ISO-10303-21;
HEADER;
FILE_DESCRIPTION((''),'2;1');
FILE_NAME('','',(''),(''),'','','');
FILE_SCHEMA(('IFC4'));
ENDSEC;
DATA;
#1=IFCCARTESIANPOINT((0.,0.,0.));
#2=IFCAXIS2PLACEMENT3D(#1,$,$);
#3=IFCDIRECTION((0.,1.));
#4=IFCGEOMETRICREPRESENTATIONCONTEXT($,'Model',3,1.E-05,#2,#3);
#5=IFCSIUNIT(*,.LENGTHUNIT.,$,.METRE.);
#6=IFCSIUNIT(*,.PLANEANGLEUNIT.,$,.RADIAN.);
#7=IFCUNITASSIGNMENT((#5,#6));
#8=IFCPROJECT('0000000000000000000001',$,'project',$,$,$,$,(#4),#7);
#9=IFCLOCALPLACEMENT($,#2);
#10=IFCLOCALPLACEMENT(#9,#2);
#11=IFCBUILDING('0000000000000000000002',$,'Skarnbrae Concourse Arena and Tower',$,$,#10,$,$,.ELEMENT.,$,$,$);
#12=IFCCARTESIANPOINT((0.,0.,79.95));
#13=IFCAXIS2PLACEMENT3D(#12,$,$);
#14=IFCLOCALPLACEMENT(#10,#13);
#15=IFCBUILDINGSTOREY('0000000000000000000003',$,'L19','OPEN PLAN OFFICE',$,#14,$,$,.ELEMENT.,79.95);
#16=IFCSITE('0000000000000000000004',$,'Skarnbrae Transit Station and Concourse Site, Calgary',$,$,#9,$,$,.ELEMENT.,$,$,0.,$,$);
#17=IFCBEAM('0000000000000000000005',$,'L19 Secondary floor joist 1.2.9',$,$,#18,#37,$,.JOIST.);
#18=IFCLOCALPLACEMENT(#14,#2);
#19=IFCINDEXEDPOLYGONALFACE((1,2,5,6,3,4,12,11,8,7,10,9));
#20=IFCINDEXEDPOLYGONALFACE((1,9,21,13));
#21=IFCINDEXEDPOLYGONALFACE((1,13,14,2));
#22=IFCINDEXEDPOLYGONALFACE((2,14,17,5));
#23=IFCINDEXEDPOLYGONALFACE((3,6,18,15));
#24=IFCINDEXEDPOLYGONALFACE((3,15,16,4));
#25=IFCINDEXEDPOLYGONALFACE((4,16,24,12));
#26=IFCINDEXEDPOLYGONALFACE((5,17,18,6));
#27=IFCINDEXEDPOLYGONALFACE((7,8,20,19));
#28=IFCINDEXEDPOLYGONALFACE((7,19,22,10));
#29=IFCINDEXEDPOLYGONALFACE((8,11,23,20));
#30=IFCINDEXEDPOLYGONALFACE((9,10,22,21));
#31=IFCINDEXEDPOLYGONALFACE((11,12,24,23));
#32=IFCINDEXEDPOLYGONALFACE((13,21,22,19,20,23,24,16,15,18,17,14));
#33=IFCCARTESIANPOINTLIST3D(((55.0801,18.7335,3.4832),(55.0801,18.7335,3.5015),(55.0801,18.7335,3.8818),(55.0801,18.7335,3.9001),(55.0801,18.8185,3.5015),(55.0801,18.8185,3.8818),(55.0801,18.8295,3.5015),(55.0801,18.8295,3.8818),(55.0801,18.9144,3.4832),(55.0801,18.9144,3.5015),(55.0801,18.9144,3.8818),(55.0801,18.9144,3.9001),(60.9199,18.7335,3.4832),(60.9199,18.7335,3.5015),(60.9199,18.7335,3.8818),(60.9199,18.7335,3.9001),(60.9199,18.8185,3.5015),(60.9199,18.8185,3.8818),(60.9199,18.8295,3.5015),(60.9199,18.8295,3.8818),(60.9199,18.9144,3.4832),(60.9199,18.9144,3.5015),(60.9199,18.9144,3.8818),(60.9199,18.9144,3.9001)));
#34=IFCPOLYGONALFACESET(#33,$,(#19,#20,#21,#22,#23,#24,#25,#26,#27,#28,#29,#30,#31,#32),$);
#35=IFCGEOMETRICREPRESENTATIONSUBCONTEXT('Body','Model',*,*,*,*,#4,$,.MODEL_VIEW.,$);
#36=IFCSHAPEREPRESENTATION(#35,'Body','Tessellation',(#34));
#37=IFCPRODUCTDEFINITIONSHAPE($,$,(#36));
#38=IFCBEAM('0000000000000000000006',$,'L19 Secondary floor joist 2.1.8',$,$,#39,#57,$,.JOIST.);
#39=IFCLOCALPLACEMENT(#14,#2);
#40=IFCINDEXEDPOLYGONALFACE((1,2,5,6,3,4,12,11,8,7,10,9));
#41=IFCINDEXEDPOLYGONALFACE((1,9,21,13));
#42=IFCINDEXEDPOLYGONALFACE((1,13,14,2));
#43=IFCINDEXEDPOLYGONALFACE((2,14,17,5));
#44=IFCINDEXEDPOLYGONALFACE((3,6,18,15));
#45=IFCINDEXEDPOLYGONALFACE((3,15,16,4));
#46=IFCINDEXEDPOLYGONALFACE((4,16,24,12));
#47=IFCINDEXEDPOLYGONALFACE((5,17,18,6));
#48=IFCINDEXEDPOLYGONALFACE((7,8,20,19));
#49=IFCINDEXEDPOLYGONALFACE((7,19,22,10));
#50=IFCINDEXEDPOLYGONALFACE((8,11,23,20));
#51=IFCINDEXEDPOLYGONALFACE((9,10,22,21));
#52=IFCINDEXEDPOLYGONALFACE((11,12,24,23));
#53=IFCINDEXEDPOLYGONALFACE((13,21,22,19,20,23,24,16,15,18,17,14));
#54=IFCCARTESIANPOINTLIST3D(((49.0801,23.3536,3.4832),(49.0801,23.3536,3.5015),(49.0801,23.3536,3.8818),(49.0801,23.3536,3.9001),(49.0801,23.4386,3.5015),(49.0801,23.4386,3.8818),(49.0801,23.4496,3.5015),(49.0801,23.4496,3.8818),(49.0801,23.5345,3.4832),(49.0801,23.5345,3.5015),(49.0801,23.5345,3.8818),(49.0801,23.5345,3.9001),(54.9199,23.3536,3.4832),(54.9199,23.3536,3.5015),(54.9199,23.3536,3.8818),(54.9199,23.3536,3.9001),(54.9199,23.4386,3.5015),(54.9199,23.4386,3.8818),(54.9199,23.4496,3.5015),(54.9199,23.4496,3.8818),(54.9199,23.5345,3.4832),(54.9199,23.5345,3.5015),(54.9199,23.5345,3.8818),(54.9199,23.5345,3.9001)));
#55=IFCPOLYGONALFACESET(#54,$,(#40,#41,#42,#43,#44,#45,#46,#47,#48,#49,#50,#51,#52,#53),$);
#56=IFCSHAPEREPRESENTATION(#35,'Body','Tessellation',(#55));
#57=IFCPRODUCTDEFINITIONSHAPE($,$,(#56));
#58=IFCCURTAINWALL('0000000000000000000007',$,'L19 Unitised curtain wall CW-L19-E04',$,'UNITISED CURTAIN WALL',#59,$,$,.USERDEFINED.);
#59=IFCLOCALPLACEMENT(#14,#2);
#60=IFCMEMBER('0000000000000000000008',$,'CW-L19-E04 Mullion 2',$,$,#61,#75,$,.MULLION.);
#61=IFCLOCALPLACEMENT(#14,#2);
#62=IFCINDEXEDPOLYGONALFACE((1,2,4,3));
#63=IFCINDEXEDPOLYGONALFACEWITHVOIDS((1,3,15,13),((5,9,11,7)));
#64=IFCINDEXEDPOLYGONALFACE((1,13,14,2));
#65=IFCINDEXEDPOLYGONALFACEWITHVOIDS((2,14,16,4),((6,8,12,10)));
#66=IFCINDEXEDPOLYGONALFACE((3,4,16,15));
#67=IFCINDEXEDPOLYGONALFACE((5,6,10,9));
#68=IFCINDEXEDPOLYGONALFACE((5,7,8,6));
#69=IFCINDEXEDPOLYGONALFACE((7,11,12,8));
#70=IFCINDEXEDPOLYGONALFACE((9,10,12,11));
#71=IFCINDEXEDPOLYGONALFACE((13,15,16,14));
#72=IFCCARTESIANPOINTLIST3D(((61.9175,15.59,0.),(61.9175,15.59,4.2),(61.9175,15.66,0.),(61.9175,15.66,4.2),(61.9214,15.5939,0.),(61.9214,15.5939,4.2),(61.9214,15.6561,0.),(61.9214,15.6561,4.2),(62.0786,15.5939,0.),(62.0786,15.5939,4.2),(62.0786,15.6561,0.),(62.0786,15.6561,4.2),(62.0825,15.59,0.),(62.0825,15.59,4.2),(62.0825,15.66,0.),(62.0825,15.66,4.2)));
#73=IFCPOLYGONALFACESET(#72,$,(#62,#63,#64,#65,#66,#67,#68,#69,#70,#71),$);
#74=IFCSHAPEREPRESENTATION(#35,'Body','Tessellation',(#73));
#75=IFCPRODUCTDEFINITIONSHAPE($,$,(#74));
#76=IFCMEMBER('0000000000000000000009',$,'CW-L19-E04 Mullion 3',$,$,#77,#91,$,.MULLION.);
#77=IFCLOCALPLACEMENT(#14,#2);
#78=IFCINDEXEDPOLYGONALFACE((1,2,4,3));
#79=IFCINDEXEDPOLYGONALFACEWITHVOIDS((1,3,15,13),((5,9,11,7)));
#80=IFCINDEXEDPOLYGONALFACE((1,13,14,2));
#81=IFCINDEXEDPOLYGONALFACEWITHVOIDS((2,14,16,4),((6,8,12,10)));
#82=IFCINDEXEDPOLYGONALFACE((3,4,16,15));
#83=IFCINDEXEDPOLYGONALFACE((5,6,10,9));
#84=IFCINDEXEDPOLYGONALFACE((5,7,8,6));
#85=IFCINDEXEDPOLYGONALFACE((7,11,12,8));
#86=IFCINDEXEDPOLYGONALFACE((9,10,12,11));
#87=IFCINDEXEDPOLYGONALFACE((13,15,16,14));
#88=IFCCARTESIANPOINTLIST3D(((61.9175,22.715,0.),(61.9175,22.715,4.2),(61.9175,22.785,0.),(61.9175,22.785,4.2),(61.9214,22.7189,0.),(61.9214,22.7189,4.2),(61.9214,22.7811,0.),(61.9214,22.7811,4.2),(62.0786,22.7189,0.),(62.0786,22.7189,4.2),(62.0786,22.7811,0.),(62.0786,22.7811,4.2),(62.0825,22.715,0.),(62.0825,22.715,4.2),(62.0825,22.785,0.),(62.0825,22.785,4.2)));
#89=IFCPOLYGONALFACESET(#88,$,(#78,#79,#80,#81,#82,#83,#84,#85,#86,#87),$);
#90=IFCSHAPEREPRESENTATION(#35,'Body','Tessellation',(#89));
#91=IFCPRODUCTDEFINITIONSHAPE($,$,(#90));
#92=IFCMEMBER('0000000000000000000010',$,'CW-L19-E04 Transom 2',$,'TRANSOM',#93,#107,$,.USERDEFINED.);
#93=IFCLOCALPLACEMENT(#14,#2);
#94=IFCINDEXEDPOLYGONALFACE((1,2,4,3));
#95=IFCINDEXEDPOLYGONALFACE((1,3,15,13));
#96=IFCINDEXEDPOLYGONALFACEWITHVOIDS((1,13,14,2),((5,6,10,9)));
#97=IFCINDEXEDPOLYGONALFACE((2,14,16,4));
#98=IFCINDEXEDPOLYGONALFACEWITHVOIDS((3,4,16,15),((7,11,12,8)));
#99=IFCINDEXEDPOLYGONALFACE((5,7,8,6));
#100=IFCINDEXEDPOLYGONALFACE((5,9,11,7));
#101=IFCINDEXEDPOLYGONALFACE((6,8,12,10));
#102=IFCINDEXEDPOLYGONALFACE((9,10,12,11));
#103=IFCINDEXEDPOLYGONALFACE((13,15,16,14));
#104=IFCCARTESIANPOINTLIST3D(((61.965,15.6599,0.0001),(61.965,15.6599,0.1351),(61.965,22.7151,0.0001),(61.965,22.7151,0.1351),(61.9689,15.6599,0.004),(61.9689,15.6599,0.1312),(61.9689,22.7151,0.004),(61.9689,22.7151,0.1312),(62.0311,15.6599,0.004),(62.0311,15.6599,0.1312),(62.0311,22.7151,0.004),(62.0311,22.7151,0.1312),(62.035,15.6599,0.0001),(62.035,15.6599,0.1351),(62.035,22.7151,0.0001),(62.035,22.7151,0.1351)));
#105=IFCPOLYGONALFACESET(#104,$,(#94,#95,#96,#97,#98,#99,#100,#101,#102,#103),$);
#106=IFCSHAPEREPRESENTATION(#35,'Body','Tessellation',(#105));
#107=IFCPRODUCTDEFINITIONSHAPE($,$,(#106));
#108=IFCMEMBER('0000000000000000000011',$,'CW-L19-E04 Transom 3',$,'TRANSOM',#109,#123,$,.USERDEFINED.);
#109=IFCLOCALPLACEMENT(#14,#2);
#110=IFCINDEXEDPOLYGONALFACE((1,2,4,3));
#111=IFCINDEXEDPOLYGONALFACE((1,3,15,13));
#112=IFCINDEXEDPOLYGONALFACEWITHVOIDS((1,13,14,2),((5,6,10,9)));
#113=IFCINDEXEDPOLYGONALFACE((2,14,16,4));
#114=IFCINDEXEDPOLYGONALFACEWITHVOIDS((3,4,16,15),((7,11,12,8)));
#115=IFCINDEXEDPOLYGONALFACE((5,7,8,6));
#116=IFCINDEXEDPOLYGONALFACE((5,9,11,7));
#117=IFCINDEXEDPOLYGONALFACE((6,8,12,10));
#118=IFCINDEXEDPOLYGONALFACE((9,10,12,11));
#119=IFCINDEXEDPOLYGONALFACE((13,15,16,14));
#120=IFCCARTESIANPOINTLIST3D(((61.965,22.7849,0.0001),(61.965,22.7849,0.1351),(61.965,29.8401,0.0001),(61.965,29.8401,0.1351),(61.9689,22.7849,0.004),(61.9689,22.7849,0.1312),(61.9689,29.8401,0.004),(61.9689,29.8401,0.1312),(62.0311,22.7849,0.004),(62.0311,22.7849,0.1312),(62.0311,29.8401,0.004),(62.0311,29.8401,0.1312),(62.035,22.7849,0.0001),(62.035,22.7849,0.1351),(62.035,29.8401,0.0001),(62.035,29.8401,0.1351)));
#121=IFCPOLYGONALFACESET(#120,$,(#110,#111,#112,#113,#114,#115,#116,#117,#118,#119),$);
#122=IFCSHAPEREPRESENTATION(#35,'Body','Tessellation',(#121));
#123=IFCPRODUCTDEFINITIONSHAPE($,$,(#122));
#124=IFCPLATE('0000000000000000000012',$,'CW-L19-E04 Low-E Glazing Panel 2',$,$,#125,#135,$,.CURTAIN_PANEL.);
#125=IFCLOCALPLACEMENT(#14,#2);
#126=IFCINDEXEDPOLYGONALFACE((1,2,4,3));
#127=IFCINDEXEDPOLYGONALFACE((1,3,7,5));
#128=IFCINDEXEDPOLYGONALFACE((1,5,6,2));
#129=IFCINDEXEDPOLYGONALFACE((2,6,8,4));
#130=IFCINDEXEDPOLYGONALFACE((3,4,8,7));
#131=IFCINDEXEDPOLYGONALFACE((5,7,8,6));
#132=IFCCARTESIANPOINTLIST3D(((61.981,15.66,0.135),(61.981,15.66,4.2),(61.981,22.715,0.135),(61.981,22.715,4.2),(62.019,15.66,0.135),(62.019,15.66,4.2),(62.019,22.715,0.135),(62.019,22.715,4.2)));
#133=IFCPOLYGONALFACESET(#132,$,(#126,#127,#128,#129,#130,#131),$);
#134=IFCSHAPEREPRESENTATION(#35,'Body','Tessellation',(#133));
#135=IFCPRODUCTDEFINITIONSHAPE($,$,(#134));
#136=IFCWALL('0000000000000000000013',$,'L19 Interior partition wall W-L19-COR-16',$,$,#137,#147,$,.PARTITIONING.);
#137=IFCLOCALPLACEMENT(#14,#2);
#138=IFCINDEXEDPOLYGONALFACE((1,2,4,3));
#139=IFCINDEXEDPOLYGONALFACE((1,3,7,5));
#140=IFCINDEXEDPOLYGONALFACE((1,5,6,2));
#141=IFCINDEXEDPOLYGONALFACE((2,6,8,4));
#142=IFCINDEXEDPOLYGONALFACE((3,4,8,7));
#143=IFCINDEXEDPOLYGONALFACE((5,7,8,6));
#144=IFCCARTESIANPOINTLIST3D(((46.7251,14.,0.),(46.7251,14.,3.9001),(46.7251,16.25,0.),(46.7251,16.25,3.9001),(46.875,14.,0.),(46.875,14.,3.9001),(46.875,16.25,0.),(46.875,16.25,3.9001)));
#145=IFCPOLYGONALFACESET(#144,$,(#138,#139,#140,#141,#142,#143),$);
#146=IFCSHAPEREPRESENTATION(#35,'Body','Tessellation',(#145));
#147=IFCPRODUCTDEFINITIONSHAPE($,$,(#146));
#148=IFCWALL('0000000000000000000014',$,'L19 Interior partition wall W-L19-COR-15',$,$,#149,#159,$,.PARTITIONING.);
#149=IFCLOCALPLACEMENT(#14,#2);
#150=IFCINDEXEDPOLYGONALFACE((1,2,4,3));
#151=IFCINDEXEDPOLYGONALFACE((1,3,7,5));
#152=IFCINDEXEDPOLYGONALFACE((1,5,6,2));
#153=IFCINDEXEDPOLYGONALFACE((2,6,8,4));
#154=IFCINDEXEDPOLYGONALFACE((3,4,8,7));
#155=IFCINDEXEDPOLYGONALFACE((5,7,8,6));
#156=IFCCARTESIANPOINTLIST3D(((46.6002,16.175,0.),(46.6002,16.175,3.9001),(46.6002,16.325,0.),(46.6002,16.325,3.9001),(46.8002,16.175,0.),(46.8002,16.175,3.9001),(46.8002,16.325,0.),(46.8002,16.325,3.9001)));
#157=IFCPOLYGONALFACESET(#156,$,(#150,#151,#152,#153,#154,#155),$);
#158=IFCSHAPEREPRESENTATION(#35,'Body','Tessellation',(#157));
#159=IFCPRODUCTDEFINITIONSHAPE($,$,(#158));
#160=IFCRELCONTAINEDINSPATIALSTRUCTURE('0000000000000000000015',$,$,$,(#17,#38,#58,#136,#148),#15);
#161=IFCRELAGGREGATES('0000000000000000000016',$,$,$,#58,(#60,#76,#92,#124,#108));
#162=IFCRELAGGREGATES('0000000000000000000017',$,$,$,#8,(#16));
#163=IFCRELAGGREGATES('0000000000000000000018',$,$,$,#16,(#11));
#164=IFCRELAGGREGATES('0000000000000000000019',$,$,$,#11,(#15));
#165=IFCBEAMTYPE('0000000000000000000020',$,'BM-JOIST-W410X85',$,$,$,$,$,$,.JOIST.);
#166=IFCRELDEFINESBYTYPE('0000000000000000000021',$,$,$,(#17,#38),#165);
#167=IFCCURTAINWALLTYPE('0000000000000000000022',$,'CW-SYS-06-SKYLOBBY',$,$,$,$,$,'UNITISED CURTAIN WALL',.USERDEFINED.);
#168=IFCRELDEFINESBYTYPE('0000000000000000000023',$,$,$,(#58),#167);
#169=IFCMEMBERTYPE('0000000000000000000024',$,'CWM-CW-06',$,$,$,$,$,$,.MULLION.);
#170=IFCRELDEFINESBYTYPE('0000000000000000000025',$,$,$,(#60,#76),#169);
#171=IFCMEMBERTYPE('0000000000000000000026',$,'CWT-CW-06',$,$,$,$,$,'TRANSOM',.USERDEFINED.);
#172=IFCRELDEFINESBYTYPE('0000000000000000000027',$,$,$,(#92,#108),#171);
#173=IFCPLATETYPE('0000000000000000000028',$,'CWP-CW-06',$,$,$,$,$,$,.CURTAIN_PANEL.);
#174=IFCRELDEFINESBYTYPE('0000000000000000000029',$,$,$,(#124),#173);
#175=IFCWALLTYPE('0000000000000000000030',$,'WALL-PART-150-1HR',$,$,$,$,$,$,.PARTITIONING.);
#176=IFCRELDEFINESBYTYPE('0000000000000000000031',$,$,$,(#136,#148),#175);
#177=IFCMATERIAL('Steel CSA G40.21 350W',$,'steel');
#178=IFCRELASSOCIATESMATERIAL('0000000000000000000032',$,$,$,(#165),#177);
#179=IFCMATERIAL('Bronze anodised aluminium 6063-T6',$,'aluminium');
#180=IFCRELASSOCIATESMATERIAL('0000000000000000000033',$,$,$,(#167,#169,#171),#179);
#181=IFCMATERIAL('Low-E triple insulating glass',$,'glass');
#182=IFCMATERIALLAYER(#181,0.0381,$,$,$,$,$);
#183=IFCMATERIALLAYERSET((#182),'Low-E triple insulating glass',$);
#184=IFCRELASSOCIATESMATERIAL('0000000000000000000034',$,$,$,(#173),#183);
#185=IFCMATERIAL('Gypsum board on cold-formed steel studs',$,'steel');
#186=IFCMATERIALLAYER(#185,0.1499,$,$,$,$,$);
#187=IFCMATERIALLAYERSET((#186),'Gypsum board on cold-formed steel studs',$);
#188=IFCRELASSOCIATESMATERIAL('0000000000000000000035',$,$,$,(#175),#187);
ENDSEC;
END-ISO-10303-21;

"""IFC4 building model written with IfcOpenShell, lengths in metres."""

from ifc_helpers import new_model, si_unit, direction, frame, frame_2d, origin, origin_2d, place, context, subcontext, project, spatial, rectangle, hollow_rectangle, i_section, extrude, source, transform, mapped, material, layer, layer_set, material_profile, profile_set, type_object, element, aggregate, save


model = new_model("IFC4")

# Units and contexts
model_context = context("Model", 3, precision=1e-05, world=origin(), true_north=direction((0.0, 1.0)))
body_context = subcontext(model_context, "Body", "Model", "MODEL_VIEW")
ifc_project = project(units=[si_unit("LENGTHUNIT", "METRE"), si_unit("PLANEANGLEUNIT", "RADIAN")], contexts=[model_context])

# Site, building, storey
site_placement = place(None, origin())
site = spatial("IfcSite", under=ifc_project, at=site_placement, Name="Skarnbrae Transit Station and Concourse Site, Calgary", CompositionType="ELEMENT", RefElevation=0.0)
building_placement = place(site_placement, origin())
building = spatial("IfcBuilding", under=site, at=building_placement, Name="Skarnbrae Concourse Arena and Tower", CompositionType="ELEMENT")
storey_placement = place(building_placement, frame((0.0, 0.0, 79.95)))
storey = spatial("IfcBuildingStorey", under=building, at=storey_placement, Name="L19", Description="OPEN PLAN OFFICE", CompositionType="ELEMENT", Elevation=79.95)

# Shared definitions
ifc_material_1 = material(Name="Steel CSA G40.21 350W", Category="steel")

# Beams
ifc_material_profile_1 = material_profile(ifc_material_1, i_section(OverallWidth=0.1809, OverallDepth=0.417, WebThickness=0.011, FlangeThickness=0.0183, at=origin_2d()), Name="W410X85")
ifc_profile_set_1 = profile_set([ifc_material_profile_1], Name="Steel CSA G40.21 350W")
beam_type_1 = type_object("IfcBeamType", Name="BM-JOIST-W410X85", PredefinedType="JOIST", material=ifc_profile_set_1)
shared_shape_1 = source(origin(), body_context, "Body", "SweptSolid", [
    extrude(i_section(OverallWidth=0.1809, OverallDepth=0.417, WebThickness=0.011, FlangeThickness=0.0183, at=origin_2d()), origin(), (0.0, 0.0, 1.0), 5.8398),
])
for number, where, z_axis, x_axis, name in (
    (1, (55.0801, 18.824, 3.6917), (1.0, 0.0, 0.0), (0.0, 1.0, 0.0), "L19 Secondary floor joist 1.2.9"),
    (2, (49.0801, 23.4441, 3.6917), (1.0, 0.0, 0.0), (0.0, 1.0, 0.0), "L19 Secondary floor joist 2.1.8"),
):
    element("IfcBeam", number, at=place(storey_placement, frame(where, z_axis=z_axis, x_axis=x_axis)), inside=storey, type_object=beam_type_1, Name=name, PredefinedType="JOIST", context=body_context, shape_type="MappedRepresentation", body=[
        mapped(shared_shape_1, transform((0.0, 0.0, 0.0))),
    ])

# Curtain wall, members, plate
ifc_material_2 = material(Name="Bronze anodised aluminium 6063-T6", Category="aluminium")
curtain_wall_type = type_object("IfcCurtainWallType", Name="CW-SYS-06-SKYLOBBY", ElementType="UNITISED CURTAIN WALL", PredefinedType="USERDEFINED", material=ifc_material_2)
curtain_wall_placement = place(storey_placement, origin())
curtain_wall = element("IfcCurtainWall", 3, at=curtain_wall_placement, inside=storey, type_object=curtain_wall_type, Name="L19 Unitised curtain wall CW-L19-E04", ObjectType="UNITISED CURTAIN WALL", PredefinedType="USERDEFINED")
ifc_material_profile_2 = material_profile(ifc_material_2, hollow_rectangle(XDim=0.0701, YDim=0.165, WallThickness=0.0039, at=origin_2d()), Name="ALU-MULL-70X165")
ifc_profile_set_2 = profile_set([ifc_material_profile_2], Name="Bronze anodised aluminium 6063-T6")
member_type_1 = type_object("IfcMemberType", Name="CWM-CW-06", PredefinedType="MULLION", material=ifc_profile_set_2)
shared_shape_2 = source(origin(), body_context, "Body", "SweptSolid", [
    extrude(hollow_rectangle(XDim=0.0701, YDim=0.165, WallThickness=0.0039, at=origin_2d()), origin(), (0.0, 0.0, 1.0), 4.2),
])
member_1_placement = place(storey_placement, frame((62.0, 15.625, 0.0), z_axis=(0.0, 0.0, 1.0), x_axis=(0.0, 1.0, 0.0)))
member_1 = element("IfcMember", 4, at=member_1_placement, type_object=member_type_1, Name="CW-L19-E04 Mullion 2", PredefinedType="MULLION", context=body_context, shape_type="MappedRepresentation", body=[
    mapped(shared_shape_2, transform((0.0, 0.0, 0.0))),
])
member_2_placement = place(storey_placement, frame((62.0, 22.75, 0.0), z_axis=(0.0, 0.0, 1.0), x_axis=(0.0, 1.0, 0.0)))
member_2 = element("IfcMember", 5, at=member_2_placement, type_object=member_type_1, Name="CW-L19-E04 Mullion 3", PredefinedType="MULLION", context=body_context, shape_type="MappedRepresentation", body=[
    mapped(shared_shape_2, transform((0.0, 0.0, 0.0))),
])
ifc_material_profile_3 = material_profile(ifc_material_2, hollow_rectangle(XDim=0.0701, YDim=0.135, WallThickness=0.0039, at=origin_2d()), Name="ALU-TRAN-70X135")
ifc_profile_set_3 = profile_set([ifc_material_profile_3], Name="Bronze anodised aluminium 6063-T6")
member_type_2 = type_object("IfcMemberType", Name="CWT-CW-06", ElementType="TRANSOM", PredefinedType="USERDEFINED", material=ifc_profile_set_3)
shared_shape_3 = source(origin(), body_context, "Body", "SweptSolid", [
    extrude(hollow_rectangle(XDim=0.0701, YDim=0.135, WallThickness=0.0039, at=origin_2d()), origin(), (0.0, 0.0, 1.0), 7.0552),
])
member_3_placement = place(storey_placement, frame((62.0, 15.6599, 0.0676), z_axis=(0.0, 1.0, 0.0), x_axis=(-1.0, 0.0, 0.0)))
member_3 = element("IfcMember", 6, at=member_3_placement, type_object=member_type_2, Name="CW-L19-E04 Transom 2", ObjectType="TRANSOM", PredefinedType="USERDEFINED", context=body_context, shape_type="MappedRepresentation", body=[
    mapped(shared_shape_3, transform((0.0, 0.0, 0.0))),
])
member_4_placement = place(storey_placement, frame((62.0, 22.7849, 0.0676), z_axis=(0.0, 1.0, 0.0), x_axis=(-1.0, 0.0, 0.0)))
member_4 = element("IfcMember", 7, at=member_4_placement, type_object=member_type_2, Name="CW-L19-E04 Transom 3", ObjectType="TRANSOM", PredefinedType="USERDEFINED", context=body_context, shape_type="MappedRepresentation", body=[
    mapped(shared_shape_3, transform((0.0, 0.0, 0.0))),
])
ifc_material_3 = material(Name="Low-E triple insulating glass", Category="glass")
ifc_layer_1 = layer(ifc_material_3, 0.0381)
ifc_layer_set_1 = layer_set([ifc_layer_1], Name="Low-E triple insulating glass")
plate_type = type_object("IfcPlateType", Name="CWP-CW-06", PredefinedType="CURTAIN_PANEL", material=ifc_layer_set_1)
shared_shape_4 = source(origin(), body_context, "Body", "SweptSolid", [
    extrude(rectangle(XDim=7.0549, YDim=0.0381, at=origin_2d()), origin(), (0.0, 0.0, 1.0), 4.0649),
])
plate_placement = place(storey_placement, frame((62.0, 19.1875, 0.135), z_axis=(0.0, 0.0, 1.0), x_axis=(0.0, 1.0, 0.0)))
plate = element("IfcPlate", 8, at=plate_placement, type_object=plate_type, Name="CW-L19-E04 Low-E Glazing Panel 2", PredefinedType="CURTAIN_PANEL", context=body_context, shape_type="MappedRepresentation", body=[
    mapped(shared_shape_4, transform((0.0, 0.0, 0.0))),
])
aggregate(curtain_wall, [member_1, member_2, member_3, plate, member_4])

# Walls
ifc_material_4 = material(Name="Gypsum board on cold-formed steel studs", Category="steel")
ifc_layer_2 = layer(ifc_material_4, 0.1499)
ifc_layer_set_2 = layer_set([ifc_layer_2], Name="Gypsum board on cold-formed steel studs")
wall_type = type_object("IfcWallType", Name="WALL-PART-150-1HR", PredefinedType="PARTITIONING", material=ifc_layer_set_2)
shared_shape_5 = source(origin(), body_context, "Body", "SweptSolid", [
    extrude(rectangle(XDim=2.25, YDim=0.1499, at=frame_2d((1.125, 0.0))), origin(), (0.0, 0.0, 1.0), 3.9001),
])
wall_1_placement = place(storey_placement, frame((46.8, 16.25, 0.0), z_axis=(0.0, 0.0, 1.0), x_axis=(0.0, -1.0, 0.0)))
element("IfcWall", 9, at=wall_1_placement, inside=storey, type_object=wall_type, Name="L19 Interior partition wall W-L19-COR-16", PredefinedType="PARTITIONING", context=body_context, shape_type="MappedRepresentation", body=[
    mapped(shared_shape_5, transform((0.0, 0.0, 0.0))),
])
shared_shape_6 = source(origin(), body_context, "Body", "SweptSolid", [
    extrude(rectangle(XDim=0.2, YDim=0.1499, at=frame_2d((0.1001, 0.0))), origin(), (0.0, 0.0, 1.0), 3.9001),
])
wall_2_placement = place(storey_placement, frame((46.6001, 16.25, 0.0), z_axis=(0.0, 0.0, 1.0), x_axis=(1.0, 0.0, 0.0)))
element("IfcWall", 10, at=wall_2_placement, inside=storey, type_object=wall_type, Name="L19 Interior partition wall W-L19-COR-15", PredefinedType="PARTITIONING", context=body_context, shape_type="MappedRepresentation", body=[
    mapped(shared_shape_6, transform((0.0, 0.0, 0.0))),
])

save(model, "model.ifc")
